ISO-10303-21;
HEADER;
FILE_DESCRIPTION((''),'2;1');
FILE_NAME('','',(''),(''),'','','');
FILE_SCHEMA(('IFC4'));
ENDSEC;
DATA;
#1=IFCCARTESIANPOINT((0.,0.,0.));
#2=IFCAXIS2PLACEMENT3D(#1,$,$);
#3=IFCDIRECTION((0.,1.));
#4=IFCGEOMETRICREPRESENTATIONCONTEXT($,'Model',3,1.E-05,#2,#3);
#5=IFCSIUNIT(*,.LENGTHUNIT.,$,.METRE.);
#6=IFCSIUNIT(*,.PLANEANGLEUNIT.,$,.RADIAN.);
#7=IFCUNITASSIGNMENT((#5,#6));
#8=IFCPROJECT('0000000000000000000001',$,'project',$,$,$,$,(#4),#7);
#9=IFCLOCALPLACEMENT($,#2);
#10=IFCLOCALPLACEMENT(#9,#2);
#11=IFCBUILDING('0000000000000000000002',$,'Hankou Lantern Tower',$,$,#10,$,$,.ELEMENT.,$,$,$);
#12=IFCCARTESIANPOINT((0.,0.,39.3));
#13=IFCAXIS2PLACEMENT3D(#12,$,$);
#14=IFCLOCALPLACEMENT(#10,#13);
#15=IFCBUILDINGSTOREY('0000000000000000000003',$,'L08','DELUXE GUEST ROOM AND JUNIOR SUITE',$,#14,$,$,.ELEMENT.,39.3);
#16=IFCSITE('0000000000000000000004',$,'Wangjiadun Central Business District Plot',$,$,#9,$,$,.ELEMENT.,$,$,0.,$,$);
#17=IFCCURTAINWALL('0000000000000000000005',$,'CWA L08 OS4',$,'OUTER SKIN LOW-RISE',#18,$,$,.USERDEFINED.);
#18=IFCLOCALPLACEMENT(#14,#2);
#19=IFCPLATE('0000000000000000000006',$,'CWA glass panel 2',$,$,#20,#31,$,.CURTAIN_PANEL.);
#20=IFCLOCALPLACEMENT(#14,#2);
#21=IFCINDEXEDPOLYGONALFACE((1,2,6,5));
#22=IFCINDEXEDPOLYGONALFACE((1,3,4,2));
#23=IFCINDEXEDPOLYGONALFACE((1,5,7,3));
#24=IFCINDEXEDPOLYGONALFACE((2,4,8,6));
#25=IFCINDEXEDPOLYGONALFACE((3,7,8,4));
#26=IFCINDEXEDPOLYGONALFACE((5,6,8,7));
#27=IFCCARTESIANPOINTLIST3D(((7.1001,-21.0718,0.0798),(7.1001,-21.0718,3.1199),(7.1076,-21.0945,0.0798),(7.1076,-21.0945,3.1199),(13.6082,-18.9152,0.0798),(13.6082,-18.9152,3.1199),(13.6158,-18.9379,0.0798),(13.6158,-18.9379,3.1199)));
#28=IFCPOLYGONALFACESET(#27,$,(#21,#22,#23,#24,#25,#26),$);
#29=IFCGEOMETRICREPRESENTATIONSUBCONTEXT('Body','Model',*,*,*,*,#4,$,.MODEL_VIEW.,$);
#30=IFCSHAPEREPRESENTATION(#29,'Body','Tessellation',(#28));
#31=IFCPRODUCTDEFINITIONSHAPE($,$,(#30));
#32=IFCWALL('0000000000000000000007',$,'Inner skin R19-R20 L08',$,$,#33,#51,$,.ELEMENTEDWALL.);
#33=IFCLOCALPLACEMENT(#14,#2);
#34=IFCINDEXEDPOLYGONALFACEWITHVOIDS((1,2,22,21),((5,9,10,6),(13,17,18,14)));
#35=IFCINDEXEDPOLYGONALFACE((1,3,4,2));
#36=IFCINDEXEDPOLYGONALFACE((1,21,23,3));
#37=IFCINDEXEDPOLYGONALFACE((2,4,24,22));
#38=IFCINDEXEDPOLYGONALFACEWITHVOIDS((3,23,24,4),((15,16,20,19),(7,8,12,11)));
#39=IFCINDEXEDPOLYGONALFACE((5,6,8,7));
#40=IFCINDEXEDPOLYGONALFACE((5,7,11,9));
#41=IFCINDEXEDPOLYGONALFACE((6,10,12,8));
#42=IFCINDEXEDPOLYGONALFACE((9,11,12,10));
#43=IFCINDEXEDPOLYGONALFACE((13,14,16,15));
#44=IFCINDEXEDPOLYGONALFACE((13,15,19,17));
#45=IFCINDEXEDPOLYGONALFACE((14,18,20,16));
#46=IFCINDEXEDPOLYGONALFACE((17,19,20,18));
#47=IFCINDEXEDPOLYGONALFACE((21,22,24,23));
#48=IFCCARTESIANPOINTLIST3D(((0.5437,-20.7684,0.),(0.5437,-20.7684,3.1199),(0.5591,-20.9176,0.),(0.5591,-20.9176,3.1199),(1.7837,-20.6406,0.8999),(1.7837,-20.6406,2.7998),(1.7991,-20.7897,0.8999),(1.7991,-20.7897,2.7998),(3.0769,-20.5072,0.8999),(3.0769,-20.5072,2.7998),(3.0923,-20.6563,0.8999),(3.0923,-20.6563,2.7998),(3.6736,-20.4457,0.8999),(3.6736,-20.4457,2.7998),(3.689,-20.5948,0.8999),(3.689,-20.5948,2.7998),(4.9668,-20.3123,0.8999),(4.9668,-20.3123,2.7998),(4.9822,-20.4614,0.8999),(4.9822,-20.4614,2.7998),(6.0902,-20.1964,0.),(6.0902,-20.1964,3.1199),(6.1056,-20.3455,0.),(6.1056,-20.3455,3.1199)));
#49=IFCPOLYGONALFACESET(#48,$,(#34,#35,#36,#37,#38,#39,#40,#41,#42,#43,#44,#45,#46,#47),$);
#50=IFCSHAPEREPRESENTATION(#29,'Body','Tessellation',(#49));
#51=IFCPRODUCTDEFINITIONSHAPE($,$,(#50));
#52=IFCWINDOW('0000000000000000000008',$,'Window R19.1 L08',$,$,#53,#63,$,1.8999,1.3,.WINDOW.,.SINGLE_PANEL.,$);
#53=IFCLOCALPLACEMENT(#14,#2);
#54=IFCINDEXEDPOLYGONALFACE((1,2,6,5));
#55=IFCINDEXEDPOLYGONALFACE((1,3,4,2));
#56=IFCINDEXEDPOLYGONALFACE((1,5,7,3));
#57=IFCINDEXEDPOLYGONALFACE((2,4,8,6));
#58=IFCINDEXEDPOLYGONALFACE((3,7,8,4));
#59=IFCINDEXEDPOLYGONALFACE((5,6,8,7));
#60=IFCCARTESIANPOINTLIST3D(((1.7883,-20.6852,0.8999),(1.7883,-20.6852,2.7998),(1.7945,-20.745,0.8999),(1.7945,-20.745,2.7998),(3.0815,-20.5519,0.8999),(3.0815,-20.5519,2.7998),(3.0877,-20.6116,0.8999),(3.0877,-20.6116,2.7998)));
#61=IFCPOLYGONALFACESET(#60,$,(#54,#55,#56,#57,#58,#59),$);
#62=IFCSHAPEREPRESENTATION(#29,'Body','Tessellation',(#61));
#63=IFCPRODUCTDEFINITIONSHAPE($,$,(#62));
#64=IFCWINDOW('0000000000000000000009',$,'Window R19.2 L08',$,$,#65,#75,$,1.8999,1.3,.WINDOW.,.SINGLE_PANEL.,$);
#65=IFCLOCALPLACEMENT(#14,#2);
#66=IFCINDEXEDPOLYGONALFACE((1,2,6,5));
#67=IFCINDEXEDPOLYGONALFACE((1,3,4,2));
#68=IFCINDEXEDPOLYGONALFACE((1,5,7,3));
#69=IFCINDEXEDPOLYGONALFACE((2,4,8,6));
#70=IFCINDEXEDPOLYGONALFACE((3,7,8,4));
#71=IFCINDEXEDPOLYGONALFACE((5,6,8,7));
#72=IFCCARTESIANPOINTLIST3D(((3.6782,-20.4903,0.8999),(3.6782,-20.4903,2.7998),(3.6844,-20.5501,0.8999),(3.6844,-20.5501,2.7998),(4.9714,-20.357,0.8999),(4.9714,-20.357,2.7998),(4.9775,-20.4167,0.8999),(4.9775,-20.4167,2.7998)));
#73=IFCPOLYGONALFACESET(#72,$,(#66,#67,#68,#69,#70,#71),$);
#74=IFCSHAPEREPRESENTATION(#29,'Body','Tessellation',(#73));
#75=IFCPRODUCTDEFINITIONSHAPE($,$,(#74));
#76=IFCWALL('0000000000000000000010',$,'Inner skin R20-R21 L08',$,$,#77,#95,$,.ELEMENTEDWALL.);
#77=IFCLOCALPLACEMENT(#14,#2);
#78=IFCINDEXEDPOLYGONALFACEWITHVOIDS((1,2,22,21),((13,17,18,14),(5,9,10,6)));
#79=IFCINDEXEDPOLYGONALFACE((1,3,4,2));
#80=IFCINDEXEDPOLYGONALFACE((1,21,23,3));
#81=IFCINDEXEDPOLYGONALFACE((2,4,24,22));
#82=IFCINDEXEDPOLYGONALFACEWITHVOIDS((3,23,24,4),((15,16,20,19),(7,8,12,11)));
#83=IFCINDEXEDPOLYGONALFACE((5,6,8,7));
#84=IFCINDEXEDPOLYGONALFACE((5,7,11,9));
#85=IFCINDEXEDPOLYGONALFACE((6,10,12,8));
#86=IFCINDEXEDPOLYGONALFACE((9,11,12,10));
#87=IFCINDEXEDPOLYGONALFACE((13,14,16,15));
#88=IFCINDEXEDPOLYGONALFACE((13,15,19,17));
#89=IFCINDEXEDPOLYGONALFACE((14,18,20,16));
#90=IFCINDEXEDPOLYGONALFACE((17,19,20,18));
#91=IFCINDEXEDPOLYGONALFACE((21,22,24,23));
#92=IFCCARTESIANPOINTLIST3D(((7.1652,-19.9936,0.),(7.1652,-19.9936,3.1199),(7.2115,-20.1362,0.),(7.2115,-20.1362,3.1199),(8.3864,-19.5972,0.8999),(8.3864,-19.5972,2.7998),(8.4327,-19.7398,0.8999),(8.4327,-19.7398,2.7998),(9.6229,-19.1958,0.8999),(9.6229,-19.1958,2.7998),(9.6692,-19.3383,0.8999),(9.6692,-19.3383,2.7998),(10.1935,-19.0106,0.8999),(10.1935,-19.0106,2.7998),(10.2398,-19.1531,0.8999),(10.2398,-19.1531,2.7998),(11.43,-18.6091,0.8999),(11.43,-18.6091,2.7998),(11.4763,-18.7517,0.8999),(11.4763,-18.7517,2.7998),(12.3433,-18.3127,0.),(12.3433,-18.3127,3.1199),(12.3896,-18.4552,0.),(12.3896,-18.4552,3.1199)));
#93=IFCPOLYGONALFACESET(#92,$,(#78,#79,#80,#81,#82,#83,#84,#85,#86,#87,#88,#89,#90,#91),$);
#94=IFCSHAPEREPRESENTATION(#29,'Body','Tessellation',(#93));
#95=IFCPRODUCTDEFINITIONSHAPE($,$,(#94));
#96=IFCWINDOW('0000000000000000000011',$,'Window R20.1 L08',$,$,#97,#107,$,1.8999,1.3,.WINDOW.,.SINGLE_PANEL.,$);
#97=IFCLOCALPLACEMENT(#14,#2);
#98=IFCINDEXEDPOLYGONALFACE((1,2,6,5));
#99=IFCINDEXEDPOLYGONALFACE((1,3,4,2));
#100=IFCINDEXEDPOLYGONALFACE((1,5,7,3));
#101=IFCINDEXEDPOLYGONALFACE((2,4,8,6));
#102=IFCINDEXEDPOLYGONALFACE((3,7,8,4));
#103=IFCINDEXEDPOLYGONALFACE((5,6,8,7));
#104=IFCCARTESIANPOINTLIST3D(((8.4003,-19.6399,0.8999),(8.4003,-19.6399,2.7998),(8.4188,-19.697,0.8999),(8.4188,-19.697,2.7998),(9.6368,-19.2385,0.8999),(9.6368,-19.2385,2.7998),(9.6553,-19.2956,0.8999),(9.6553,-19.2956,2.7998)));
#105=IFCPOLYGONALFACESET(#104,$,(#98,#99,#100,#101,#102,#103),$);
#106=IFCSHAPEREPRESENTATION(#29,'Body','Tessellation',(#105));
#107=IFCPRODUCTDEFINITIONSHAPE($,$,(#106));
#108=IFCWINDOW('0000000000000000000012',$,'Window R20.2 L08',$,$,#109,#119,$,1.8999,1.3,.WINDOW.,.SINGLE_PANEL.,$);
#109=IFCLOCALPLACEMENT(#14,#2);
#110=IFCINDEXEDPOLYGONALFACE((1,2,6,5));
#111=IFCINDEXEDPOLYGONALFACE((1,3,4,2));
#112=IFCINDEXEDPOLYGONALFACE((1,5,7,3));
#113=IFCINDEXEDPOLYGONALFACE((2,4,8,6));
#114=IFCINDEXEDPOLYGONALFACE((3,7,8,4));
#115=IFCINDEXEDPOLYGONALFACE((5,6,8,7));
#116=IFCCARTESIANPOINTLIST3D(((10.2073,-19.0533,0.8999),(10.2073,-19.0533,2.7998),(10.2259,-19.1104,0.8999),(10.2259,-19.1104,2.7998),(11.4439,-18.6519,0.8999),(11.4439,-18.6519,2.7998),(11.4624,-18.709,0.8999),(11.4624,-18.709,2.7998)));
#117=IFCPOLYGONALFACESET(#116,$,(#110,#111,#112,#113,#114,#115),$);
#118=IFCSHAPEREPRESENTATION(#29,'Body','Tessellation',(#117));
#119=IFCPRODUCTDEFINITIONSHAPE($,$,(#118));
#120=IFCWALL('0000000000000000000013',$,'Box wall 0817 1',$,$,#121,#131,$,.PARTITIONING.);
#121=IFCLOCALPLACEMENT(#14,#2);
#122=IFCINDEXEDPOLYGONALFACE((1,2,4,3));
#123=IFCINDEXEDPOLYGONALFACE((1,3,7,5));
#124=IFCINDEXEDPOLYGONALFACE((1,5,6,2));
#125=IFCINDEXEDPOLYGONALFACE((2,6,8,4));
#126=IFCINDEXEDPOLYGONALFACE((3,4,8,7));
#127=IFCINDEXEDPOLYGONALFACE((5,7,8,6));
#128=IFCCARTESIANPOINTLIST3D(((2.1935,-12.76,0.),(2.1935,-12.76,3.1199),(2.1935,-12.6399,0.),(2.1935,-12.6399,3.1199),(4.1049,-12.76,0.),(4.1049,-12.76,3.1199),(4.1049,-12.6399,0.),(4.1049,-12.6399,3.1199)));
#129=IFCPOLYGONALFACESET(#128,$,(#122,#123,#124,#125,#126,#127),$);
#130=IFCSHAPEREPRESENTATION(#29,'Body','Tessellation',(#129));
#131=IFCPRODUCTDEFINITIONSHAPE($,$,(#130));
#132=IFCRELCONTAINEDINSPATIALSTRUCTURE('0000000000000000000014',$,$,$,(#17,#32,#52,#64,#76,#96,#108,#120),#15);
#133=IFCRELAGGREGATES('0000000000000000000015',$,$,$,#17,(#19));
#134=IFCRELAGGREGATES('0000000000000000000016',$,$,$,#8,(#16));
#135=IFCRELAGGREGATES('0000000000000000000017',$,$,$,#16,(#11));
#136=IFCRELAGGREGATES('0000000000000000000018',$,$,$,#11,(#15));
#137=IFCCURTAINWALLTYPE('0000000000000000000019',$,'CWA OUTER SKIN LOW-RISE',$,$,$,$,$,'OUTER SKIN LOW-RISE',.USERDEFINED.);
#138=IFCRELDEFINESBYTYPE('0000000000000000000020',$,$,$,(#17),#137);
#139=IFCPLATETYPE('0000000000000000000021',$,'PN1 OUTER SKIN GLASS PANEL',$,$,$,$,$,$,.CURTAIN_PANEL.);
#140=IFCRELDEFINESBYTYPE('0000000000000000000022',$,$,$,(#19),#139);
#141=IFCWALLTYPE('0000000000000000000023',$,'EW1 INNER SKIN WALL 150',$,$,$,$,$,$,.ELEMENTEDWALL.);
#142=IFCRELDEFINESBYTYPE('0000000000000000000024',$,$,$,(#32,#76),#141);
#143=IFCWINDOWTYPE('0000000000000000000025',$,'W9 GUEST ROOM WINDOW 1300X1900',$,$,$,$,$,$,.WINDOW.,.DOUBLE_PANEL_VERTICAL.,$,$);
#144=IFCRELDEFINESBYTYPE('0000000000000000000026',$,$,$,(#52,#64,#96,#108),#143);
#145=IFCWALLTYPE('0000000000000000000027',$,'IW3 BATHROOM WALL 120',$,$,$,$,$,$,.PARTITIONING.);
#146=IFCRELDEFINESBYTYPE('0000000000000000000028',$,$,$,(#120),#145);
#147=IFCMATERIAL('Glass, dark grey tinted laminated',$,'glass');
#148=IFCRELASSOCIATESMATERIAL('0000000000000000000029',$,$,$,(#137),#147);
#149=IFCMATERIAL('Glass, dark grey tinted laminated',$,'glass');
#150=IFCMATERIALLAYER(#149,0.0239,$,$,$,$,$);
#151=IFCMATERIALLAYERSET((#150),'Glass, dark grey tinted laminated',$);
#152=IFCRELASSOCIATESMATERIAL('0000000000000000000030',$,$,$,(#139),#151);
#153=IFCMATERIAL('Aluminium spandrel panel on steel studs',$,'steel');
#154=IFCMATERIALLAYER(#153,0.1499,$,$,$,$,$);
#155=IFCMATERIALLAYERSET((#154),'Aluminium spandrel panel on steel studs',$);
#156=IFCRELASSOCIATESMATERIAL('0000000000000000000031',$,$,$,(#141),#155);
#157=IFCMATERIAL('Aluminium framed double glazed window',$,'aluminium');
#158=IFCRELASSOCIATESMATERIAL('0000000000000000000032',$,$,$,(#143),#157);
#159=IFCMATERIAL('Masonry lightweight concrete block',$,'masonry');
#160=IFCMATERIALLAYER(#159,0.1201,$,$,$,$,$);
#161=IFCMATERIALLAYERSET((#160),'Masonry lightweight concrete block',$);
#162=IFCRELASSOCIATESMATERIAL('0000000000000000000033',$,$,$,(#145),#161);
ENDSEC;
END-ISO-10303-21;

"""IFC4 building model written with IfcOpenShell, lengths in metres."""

from ifc_helpers import new_model, si_unit, direction, frame, frame_2d, origin, origin_2d, place, context, subcontext, project, spatial, rectangle, extrude, material, layer, layer_set, type_object, element, fill, aggregate, save


model = new_model("IFC4")

# Units and contexts
model_context = context("Model", 3, precision=1e-05, world=origin(), true_north=direction((0.0, 1.0)))
body_context = subcontext(model_context, "Body", "Model", "MODEL_VIEW")
ifc_project = project(units=[si_unit("LENGTHUNIT", "METRE"), si_unit("PLANEANGLEUNIT", "RADIAN")], contexts=[model_context])

# Site, building, storey
site_placement = place(None, origin())
site = spatial("IfcSite", under=ifc_project, at=site_placement, Name="Wangjiadun Central Business District Plot", CompositionType="ELEMENT", RefElevation=0.0)
building_placement = place(site_placement, origin())
building = spatial("IfcBuilding", under=site, at=building_placement, Name="Hankou Lantern Tower", CompositionType="ELEMENT")
storey_placement = place(building_placement, frame((0.0, 0.0, 39.3)))
storey = spatial("IfcBuildingStorey", under=building, at=storey_placement, Name="L08", Description="DELUXE GUEST ROOM AND JUNIOR SUITE", CompositionType="ELEMENT", Elevation=39.3)

# Curtain wall
ifc_material_1 = material(Name="Glass, dark grey tinted laminated", Category="glass")
curtain_wall_type = type_object("IfcCurtainWallType", Name="CWA OUTER SKIN LOW-RISE", ElementType="OUTER SKIN LOW-RISE", PredefinedType="USERDEFINED", material=ifc_material_1)
curtain_wall_placement = place(storey_placement, origin())
curtain_wall = element("IfcCurtainWall", 1, at=curtain_wall_placement, inside=storey, type_object=curtain_wall_type, Name="CWA L08 OS4", ObjectType="OUTER SKIN LOW-RISE", PredefinedType="USERDEFINED")

# Plate
ifc_material_2 = material(Name="Glass, dark grey tinted laminated", Category="glass")
ifc_layer_1 = layer(ifc_material_2, 0.0239)
ifc_layer_set_1 = layer_set([ifc_layer_1], Name="Glass, dark grey tinted laminated")
plate_type = type_object("IfcPlateType", Name="PN1 OUTER SKIN GLASS PANEL", PredefinedType="CURTAIN_PANEL", material=ifc_layer_set_1)
plate_1_placement = place(storey_placement, frame((10.3579, -20.0049, 0.0798), z_axis=(0.0, 0.0, 1.0), x_axis=(0.949241, 0.314551, 0.0)))
plate_1 = element("IfcPlate", 2, at=plate_1_placement, type_object=plate_type, Name="CWA glass panel 2", PredefinedType="CURTAIN_PANEL", context=body_context, shape_type="SweptSolid", body=[
    extrude(rectangle(XDim=6.8562, YDim=0.0239, at=origin_2d()), origin(), (0.0, 0.0, 1.0), 3.04),
])
aggregate(curtain_wall, [plate_1])

# Walls, openings, windows
ifc_material_3 = material(Name="Aluminium spandrel panel on steel studs", Category="steel")
ifc_layer_2 = layer(ifc_material_3, 0.1499)
ifc_layer_set_2 = layer_set([ifc_layer_2], Name="Aluminium spandrel panel on steel studs")
wall_type_1 = type_object("IfcWallType", Name="EW1 INNER SKIN WALL 150", PredefinedType="ELEMENTEDWALL", material=ifc_layer_set_2)
wall_1_placement = place(storey_placement, frame((0.5513, -20.843, 0.0), z_axis=(0.0, 0.0, 1.0), x_axis=(0.994724, 0.10259, 0.0)))
wall_1 = element("IfcWall", 3, at=wall_1_placement, inside=storey, type_object=wall_type_1, Name="Inner skin R19-R20 L08", PredefinedType="ELEMENTEDWALL", context=body_context, shape_type="SweptSolid", body=[
    extrude(rectangle(XDim=5.5759, YDim=0.1499, at=frame_2d((2.7881, 0.0))), origin(), (0.0, 0.0, 1.0), 3.1199),
])
opening_1_placement = place(wall_1_placement, frame((1.2468, 0.0, 0.8999)))
opening_1 = element("IfcOpeningElement", 4, at=opening_1_placement, cuts=wall_1, PredefinedType="OPENING", context=body_context, shape_type="SweptSolid", body=[
    extrude(rectangle(XDim=1.3, YDim=1.8999, at=frame_2d((0.6499, 0.95))), frame((0.0, 0.085, 0.0), z_axis=(0.0, -1.0, 0.0), x_axis=(1.0, 0.0, 0.0)), (0.0, 0.0, 1.0), 0.1699),
])
opening_2_placement = place(wall_1_placement, frame((3.1467, 0.0, 0.8999)))
opening_2 = element("IfcOpeningElement", 5, at=opening_2_placement, cuts=wall_1, PredefinedType="OPENING", context=body_context, shape_type="SweptSolid", body=[
    extrude(rectangle(XDim=1.3, YDim=1.8999, at=frame_2d((0.6499, 0.95))), frame((0.0, 0.085, 0.0), z_axis=(0.0, -1.0, 0.0), x_axis=(1.0, 0.0, 0.0)), (0.0, 0.0, 1.0), 0.1699),
])
ifc_material_4 = material(Name="Aluminium framed double glazed window", Category="aluminium")
window_type = type_object("IfcWindowType", Name="W9 GUEST ROOM WINDOW 1300X1900", PartitioningType="DOUBLE_PANEL_VERTICAL", PredefinedType="WINDOW", material=ifc_material_4)
window_1_placement = place(opening_1_placement, origin())
window_1 = element("IfcWindow", 6, at=window_1_placement, inside=storey, type_object=window_type, Name="Window R19.1 L08", OverallHeight=1.8999, OverallWidth=1.3, PartitioningType="SINGLE_PANEL", PredefinedType="WINDOW", context=body_context, shape_type="SweptSolid", body=[
    extrude(rectangle(XDim=1.3, YDim=1.8999, at=frame_2d((0.6499, 0.95))), frame((0.0, 0.03, 0.0), z_axis=(0.0, -1.0, 0.0), x_axis=(1.0, 0.0, 0.0)), (0.0, 0.0, 1.0), 0.0601),
])
fill(opening_1, window_1)
window_2_placement = place(opening_2_placement, origin())
window_2 = element("IfcWindow", 7, at=window_2_placement, inside=storey, type_object=window_type, Name="Window R19.2 L08", OverallHeight=1.8999, OverallWidth=1.3, PartitioningType="SINGLE_PANEL", PredefinedType="WINDOW", context=body_context, shape_type="SweptSolid", body=[
    extrude(rectangle(XDim=1.3, YDim=1.8999, at=frame_2d((0.6499, 0.95))), frame((0.0, 0.03, 0.0), z_axis=(0.0, -1.0, 0.0), x_axis=(1.0, 0.0, 0.0)), (0.0, 0.0, 1.0), 0.0601),
])
fill(opening_2, window_2)
wall_2_placement = place(storey_placement, frame((7.1882, -20.0649, 0.0), z_axis=(0.0, 0.0, 1.0), x_axis=(0.951138, 0.308765, 0.0)))
wall_2 = element("IfcWall", 8, at=wall_2_placement, inside=storey, type_object=wall_type_1, Name="Inner skin R20-R21 L08", PredefinedType="ELEMENTEDWALL", context=body_context, shape_type="SweptSolid", body=[
    extrude(rectangle(XDim=5.4441, YDim=0.1499, at=frame_2d((2.7222, 0.0))), origin(), (0.0, 0.0, 1.0), 3.1199),
])
opening_3_placement = place(wall_2_placement, frame((1.2842, 0.0, 0.8999)))
opening_3 = element("IfcOpeningElement", 9, at=opening_3_placement, cuts=wall_2, PredefinedType="OPENING", context=body_context, shape_type="SweptSolid", body=[
    extrude(rectangle(XDim=1.3, YDim=1.8999, at=frame_2d((0.6499, 0.95))), frame((0.0, 0.085, 0.0), z_axis=(0.0, -1.0, 0.0), x_axis=(1.0, 0.0, 0.0)), (0.0, 0.0, 1.0), 0.1699),
])
opening_4_placement = place(wall_2_placement, frame((3.1841, 0.0, 0.8999)))
opening_4 = element("IfcOpeningElement", 10, at=opening_4_placement, cuts=wall_2, PredefinedType="OPENING", context=body_context, shape_type="SweptSolid", body=[
    extrude(rectangle(XDim=1.3, YDim=1.8999, at=frame_2d((0.6499, 0.95))), frame((0.0, 0.085, 0.0), z_axis=(0.0, -1.0, 0.0), x_axis=(1.0, 0.0, 0.0)), (0.0, 0.0, 1.0), 0.1699),
])
window_3_placement = place(opening_3_placement, origin())
window_3 = element("IfcWindow", 11, at=window_3_placement, inside=storey, type_object=window_type, Name="Window R20.1 L08", OverallHeight=1.8999, OverallWidth=1.3, PartitioningType="SINGLE_PANEL", PredefinedType="WINDOW", context=body_context, shape_type="SweptSolid", body=[
    extrude(rectangle(XDim=1.3, YDim=1.8999, at=frame_2d((0.6499, 0.95))), frame((0.0, 0.03, 0.0), z_axis=(0.0, -1.0, 0.0), x_axis=(1.0, 0.0, 0.0)), (0.0, 0.0, 1.0), 0.0601),
])
fill(opening_3, window_3)
window_4_placement = place(opening_4_placement, origin())
window_4 = element("IfcWindow", 12, at=window_4_placement, inside=storey, type_object=window_type, Name="Window R20.2 L08", OverallHeight=1.8999, OverallWidth=1.3, PartitioningType="SINGLE_PANEL", PredefinedType="WINDOW", context=body_context, shape_type="SweptSolid", body=[
    extrude(rectangle(XDim=1.3, YDim=1.8999, at=frame_2d((0.6499, 0.95))), frame((0.0, 0.03, 0.0), z_axis=(0.0, -1.0, 0.0), x_axis=(1.0, 0.0, 0.0)), (0.0, 0.0, 1.0), 0.0601),
])
fill(opening_4, window_4)

# Wall
ifc_material_5 = material(Name="Masonry lightweight concrete block", Category="masonry")
ifc_layer_3 = layer(ifc_material_5, 0.1201)
ifc_layer_set_3 = layer_set([ifc_layer_3], Name="Masonry lightweight concrete block")
wall_type_2 = type_object("IfcWallType", Name="IW3 BATHROOM WALL 120", PredefinedType="PARTITIONING", material=ifc_layer_set_3)
wall_3_placement = place(storey_placement, frame((2.1936, -12.7, 0.0), z_axis=(0.0, 0.0, 1.0), x_axis=(1.0, 0.0, 0.0)))
element("IfcWall", 13, at=wall_3_placement, inside=storey, type_object=wall_type_2, Name="Box wall 0817 1", PredefinedType="PARTITIONING", context=body_context, shape_type="SweptSolid", body=[
    extrude(rectangle(XDim=1.9114, YDim=0.1201, at=frame_2d((0.9556, 0.0))), origin(), (0.0, 0.0, 1.0), 3.1199),
])

save(model, "model.ifc")
